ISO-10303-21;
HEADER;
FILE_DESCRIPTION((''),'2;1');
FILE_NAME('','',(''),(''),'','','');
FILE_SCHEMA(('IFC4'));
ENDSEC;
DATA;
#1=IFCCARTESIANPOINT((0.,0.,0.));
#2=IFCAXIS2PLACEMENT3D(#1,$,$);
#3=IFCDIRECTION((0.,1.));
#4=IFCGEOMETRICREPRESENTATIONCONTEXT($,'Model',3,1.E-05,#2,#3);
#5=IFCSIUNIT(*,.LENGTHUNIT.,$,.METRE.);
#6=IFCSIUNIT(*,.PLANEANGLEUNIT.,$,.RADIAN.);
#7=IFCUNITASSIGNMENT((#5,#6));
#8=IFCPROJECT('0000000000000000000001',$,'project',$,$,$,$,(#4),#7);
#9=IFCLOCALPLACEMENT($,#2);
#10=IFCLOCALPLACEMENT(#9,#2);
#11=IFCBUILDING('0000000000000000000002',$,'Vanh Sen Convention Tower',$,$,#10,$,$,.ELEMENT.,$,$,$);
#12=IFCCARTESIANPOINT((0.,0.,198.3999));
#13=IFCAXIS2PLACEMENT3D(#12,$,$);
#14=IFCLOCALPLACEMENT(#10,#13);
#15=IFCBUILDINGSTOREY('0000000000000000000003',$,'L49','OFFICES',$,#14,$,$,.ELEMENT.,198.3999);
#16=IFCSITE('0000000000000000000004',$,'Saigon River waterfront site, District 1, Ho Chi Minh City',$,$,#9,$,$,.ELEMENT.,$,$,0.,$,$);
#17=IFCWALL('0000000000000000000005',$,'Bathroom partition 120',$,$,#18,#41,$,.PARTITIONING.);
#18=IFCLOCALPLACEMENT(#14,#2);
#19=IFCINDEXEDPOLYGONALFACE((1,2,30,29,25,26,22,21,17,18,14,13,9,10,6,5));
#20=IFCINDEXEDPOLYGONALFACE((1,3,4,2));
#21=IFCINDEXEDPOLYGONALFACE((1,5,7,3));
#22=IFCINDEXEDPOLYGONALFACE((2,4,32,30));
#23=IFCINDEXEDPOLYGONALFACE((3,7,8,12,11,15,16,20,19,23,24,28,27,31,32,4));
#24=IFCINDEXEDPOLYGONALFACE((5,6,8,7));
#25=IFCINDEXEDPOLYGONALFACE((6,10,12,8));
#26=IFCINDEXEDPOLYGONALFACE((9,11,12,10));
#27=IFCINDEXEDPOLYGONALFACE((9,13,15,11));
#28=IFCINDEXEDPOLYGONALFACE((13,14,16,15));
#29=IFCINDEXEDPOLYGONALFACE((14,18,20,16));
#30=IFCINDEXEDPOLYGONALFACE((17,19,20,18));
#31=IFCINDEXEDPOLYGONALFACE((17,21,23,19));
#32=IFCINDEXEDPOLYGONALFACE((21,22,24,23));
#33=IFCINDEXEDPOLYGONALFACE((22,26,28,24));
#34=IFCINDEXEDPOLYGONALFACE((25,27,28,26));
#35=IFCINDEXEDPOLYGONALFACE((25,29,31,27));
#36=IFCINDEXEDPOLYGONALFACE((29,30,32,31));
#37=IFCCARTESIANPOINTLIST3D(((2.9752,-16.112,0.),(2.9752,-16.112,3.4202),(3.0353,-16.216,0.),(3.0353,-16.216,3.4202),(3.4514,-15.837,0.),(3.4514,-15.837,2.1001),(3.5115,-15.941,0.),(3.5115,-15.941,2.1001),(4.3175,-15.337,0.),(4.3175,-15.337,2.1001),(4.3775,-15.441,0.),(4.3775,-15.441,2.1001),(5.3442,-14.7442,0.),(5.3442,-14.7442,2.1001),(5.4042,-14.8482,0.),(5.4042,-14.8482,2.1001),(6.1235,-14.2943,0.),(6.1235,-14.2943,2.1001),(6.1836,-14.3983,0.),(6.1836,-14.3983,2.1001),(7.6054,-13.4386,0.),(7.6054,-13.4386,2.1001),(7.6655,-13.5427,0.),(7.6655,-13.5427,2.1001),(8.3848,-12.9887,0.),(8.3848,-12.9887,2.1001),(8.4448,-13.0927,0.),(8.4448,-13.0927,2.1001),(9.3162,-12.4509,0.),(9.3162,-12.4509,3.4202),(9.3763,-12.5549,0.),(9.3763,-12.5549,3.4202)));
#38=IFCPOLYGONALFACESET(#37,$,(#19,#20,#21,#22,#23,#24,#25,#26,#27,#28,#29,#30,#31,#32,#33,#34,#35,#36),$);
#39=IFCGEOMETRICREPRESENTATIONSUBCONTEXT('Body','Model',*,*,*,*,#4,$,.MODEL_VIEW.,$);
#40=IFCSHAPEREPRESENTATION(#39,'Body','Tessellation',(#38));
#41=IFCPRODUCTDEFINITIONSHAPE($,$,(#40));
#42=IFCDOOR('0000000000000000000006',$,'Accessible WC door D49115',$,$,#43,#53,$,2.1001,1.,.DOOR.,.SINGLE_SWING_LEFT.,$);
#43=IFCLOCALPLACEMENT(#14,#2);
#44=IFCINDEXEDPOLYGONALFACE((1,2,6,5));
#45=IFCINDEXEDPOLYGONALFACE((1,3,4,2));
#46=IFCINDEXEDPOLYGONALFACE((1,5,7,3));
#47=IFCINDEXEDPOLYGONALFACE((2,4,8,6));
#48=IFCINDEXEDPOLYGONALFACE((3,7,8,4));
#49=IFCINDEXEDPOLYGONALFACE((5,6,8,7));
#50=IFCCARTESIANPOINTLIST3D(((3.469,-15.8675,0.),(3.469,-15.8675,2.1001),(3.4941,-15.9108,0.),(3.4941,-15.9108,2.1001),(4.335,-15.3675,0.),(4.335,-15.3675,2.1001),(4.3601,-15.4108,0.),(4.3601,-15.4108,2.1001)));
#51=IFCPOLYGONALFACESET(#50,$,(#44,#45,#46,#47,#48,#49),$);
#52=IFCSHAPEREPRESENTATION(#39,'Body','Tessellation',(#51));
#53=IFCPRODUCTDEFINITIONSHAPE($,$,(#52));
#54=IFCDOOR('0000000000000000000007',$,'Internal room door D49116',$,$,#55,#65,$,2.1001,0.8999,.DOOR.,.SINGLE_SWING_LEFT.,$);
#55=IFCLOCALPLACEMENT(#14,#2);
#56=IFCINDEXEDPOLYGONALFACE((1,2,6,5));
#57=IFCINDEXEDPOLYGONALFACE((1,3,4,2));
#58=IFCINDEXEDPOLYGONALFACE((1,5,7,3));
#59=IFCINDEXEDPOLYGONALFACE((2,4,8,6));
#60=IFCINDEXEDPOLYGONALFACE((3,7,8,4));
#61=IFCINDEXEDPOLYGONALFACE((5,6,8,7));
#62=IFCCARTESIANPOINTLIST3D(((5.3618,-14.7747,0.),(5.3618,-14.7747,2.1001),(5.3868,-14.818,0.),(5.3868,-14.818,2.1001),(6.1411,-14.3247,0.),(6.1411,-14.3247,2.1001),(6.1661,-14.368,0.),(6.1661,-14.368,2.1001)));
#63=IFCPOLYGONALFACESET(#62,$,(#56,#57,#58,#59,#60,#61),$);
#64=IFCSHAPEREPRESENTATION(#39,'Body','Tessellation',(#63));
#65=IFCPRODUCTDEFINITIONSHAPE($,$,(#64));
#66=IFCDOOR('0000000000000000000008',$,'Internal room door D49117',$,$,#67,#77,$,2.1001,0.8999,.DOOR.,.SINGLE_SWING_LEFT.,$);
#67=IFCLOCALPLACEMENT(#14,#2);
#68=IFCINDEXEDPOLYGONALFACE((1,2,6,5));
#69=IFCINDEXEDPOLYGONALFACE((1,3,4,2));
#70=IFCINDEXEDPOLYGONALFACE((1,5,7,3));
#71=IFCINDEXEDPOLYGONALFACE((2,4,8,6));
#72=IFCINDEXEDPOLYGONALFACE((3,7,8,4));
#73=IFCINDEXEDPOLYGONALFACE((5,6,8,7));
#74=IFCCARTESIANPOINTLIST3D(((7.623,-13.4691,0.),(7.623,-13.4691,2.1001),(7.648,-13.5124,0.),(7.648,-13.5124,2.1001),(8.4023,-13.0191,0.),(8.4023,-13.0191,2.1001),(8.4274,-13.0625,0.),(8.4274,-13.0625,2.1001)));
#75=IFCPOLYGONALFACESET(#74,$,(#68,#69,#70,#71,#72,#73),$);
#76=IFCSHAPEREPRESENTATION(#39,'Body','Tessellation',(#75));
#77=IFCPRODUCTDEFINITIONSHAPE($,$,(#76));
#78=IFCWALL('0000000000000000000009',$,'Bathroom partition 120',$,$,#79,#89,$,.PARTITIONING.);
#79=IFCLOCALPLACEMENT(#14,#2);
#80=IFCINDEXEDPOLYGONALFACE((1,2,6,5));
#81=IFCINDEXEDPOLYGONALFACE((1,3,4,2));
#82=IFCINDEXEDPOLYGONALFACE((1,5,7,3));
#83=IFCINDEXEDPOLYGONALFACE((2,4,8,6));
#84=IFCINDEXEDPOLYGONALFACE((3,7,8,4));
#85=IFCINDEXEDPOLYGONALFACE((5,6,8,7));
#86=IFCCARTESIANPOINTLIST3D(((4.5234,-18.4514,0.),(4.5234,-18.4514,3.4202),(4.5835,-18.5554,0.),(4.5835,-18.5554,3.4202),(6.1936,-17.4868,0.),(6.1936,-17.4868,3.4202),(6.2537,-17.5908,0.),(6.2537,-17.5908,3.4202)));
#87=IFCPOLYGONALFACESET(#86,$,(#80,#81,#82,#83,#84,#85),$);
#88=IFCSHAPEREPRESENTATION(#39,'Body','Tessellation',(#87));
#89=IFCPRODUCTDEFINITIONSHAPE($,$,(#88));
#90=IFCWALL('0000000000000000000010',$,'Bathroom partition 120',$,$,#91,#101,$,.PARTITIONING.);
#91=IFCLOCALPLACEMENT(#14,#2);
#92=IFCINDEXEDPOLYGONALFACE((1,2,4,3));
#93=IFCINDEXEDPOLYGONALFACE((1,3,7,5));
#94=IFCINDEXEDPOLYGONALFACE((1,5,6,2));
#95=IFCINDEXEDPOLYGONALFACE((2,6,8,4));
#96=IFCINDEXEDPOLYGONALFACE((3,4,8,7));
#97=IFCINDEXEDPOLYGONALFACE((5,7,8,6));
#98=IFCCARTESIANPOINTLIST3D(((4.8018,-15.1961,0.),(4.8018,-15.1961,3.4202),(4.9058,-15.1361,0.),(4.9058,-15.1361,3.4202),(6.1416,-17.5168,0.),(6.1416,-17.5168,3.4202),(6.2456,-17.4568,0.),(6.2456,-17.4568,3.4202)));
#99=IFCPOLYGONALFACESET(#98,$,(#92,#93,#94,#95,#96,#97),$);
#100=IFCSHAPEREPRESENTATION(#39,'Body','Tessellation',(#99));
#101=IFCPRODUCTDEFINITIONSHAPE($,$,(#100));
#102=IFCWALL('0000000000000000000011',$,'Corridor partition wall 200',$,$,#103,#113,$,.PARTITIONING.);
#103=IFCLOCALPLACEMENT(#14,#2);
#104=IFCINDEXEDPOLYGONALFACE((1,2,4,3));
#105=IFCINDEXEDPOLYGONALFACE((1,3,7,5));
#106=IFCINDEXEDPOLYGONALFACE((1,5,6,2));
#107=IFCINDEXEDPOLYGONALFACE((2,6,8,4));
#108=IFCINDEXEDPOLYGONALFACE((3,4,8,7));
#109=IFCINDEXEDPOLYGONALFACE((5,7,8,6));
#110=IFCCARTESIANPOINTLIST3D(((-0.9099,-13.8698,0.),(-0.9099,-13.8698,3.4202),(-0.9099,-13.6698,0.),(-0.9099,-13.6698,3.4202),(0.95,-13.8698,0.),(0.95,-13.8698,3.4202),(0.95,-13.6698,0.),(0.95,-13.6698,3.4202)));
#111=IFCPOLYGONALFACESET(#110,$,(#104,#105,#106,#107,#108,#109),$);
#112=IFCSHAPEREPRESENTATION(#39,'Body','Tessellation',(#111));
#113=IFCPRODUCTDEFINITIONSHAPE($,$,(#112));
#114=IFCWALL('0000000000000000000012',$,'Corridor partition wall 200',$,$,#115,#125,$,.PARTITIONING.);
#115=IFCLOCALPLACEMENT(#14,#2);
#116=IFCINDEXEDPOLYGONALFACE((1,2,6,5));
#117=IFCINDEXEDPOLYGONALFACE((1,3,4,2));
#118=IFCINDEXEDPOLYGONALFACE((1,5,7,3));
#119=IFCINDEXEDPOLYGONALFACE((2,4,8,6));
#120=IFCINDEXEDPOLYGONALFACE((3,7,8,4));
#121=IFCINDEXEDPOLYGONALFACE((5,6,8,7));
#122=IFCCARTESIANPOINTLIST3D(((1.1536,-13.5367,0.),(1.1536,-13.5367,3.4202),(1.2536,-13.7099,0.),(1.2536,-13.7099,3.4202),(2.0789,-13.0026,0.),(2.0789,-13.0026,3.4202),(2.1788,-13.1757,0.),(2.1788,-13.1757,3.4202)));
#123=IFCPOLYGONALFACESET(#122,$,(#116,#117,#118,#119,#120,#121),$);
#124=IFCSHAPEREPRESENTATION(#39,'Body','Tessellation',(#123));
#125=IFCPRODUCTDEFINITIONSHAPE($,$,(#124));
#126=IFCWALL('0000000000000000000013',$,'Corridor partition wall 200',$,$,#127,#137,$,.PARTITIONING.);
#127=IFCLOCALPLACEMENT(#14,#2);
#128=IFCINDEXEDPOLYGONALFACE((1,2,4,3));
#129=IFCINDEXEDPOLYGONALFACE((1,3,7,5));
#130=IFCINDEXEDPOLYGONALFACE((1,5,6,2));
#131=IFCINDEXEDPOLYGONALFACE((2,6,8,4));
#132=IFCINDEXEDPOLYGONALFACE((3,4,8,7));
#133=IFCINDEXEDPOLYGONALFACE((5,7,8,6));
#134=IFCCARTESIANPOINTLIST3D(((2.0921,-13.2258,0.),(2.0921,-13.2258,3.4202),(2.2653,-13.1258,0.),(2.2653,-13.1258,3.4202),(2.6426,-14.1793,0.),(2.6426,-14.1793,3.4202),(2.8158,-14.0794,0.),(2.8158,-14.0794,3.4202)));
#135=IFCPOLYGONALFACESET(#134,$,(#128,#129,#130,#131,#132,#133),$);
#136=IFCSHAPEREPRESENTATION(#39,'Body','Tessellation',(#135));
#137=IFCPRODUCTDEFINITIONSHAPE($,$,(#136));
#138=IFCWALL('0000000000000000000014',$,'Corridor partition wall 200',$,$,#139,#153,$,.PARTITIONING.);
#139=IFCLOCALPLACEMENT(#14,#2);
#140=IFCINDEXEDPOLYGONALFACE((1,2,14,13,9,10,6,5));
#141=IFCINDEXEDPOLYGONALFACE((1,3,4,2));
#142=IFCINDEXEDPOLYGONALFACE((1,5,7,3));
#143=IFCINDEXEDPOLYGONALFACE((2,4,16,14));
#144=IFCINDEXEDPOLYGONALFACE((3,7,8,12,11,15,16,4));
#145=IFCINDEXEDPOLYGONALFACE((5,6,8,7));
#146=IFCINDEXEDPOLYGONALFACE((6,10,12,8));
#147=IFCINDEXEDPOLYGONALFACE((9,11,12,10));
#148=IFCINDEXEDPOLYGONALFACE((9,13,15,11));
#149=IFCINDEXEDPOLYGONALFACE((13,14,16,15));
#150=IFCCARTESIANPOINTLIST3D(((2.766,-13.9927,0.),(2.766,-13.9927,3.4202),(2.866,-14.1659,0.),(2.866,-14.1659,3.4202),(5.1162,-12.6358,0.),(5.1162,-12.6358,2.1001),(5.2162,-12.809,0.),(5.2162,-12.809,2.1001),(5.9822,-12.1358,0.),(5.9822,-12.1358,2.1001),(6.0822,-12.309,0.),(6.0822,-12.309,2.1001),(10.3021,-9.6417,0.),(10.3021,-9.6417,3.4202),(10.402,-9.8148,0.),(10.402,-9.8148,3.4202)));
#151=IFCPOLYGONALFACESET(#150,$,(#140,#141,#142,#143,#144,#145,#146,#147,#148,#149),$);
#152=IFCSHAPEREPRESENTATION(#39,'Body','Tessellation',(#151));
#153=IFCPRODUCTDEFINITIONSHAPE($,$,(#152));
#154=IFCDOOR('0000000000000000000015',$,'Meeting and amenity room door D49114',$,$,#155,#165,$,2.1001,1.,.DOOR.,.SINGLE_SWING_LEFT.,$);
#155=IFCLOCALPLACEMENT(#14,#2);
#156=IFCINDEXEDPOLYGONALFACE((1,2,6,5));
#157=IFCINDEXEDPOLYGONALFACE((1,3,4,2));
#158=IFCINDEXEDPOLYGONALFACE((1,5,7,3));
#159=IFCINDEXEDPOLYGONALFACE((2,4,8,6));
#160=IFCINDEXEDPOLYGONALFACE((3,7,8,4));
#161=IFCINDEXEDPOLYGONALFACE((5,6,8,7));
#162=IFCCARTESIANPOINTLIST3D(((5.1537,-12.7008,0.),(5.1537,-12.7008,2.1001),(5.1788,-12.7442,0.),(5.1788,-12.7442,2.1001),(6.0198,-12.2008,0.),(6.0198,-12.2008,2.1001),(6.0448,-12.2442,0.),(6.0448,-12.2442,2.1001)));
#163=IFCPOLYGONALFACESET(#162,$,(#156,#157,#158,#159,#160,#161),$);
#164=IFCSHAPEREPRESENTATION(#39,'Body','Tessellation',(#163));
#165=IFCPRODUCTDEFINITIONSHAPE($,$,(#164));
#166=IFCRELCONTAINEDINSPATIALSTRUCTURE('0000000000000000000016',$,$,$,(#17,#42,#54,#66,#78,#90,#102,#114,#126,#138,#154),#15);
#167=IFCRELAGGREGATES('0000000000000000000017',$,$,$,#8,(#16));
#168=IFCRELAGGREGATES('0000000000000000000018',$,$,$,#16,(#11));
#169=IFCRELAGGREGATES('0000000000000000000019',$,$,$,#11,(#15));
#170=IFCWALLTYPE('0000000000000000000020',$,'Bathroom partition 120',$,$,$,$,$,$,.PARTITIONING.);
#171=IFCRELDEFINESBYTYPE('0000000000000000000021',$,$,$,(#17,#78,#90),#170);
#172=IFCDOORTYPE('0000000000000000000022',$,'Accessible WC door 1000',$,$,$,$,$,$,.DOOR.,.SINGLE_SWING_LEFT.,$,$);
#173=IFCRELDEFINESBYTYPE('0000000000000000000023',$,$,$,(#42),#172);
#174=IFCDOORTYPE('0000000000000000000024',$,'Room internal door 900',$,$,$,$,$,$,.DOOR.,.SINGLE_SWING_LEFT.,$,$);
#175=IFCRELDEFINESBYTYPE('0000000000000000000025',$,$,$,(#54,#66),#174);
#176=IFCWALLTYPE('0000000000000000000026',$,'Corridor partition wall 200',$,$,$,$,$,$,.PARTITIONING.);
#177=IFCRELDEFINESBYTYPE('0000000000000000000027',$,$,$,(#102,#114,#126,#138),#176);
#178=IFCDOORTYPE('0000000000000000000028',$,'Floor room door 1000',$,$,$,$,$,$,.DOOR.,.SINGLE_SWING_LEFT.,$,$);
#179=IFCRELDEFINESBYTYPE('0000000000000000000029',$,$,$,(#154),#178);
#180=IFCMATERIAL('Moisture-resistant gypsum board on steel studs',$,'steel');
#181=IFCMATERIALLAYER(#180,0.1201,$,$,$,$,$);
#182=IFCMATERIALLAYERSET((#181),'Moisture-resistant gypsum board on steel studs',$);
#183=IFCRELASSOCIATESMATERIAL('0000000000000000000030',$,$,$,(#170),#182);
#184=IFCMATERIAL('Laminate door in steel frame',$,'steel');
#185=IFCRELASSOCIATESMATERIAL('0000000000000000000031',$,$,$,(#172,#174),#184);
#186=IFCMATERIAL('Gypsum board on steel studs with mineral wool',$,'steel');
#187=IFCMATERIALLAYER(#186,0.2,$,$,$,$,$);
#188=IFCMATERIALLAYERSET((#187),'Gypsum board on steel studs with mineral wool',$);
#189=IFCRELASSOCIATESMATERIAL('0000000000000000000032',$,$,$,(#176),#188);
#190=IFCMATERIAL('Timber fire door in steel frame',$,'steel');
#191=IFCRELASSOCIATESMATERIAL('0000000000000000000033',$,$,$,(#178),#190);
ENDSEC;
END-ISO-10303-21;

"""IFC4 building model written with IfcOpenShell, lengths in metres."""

from ifc_helpers import new_model, si_unit, direction, frame, frame_2d, origin, place, context, subcontext, project, spatial, rectangle, extrude, material, layer, layer_set, type_object, element, fill, save


model = new_model("IFC4")

# Units and contexts
model_context = context("Model", 3, precision=1e-05, world=origin(), true_north=direction((0.0, 1.0)))
body_context = subcontext(model_context, "Body", "Model", "MODEL_VIEW")
ifc_project = project(units=[si_unit("LENGTHUNIT", "METRE"), si_unit("PLANEANGLEUNIT", "RADIAN")], contexts=[model_context])

# Site, building, storey
site_placement = place(None, origin())
site = spatial("IfcSite", under=ifc_project, at=site_placement, Name="Saigon River waterfront site, District 1, Ho Chi Minh City", CompositionType="ELEMENT", RefElevation=0.0)
building_placement = place(site_placement, origin())
building = spatial("IfcBuilding", under=site, at=building_placement, Name="Vanh Sen Convention Tower", CompositionType="ELEMENT")
storey_placement = place(building_placement, frame((0.0, 0.0, 198.3999)))
storey = spatial("IfcBuildingStorey", under=building, at=storey_placement, Name="L49", Description="OFFICES", CompositionType="ELEMENT", Elevation=198.3999)

# Wall, openings, doors
ifc_material_1 = material(Name="Moisture-resistant gypsum board on steel studs", Category="steel")
ifc_layer_1 = layer(ifc_material_1, 0.1201)
ifc_layer_set_1 = layer_set([ifc_layer_1], Name="Moisture-resistant gypsum board on steel studs")
wall_type_1 = type_object("IfcWallType", Name="Bathroom partition 120", PredefinedType="PARTITIONING", material=ifc_layer_set_1)
wall_1_placement = place(storey_placement, frame((3.0051, -16.1641, 0.0), z_axis=(0.0, 0.0, 1.0), x_axis=(0.866018, 0.500012, 0.0)))
wall_1 = element("IfcWall", 1, at=wall_1_placement, inside=storey, type_object=wall_type_1, Name="Bathroom partition 120", PredefinedType="PARTITIONING", context=body_context, shape_type="SweptSolid", body=[
    extrude(rectangle(XDim=7.322, YDim=0.1201, at=frame_2d((3.6611, 0.0))), origin(), (0.0, 0.0, 1.0), 3.4202),
])
opening_1_placement = place(wall_1_placement, frame((0.55, 0.0, 0.0)))
opening_1 = element("IfcOpeningElement", 2, at=opening_1_placement, cuts=wall_1, PredefinedType="OPENING", context=body_context, shape_type="SweptSolid", body=[
    extrude(rectangle(XDim=1.0, YDim=2.1001, at=frame_2d((0.5, 1.05))), frame((0.0, 0.0701, 0.0), z_axis=(0.0, -1.0, 0.0), x_axis=(1.0, 0.0, 0.0)), (0.0, 0.0, 1.0), 0.1401),
])
opening_2_placement = place(wall_1_placement, frame((2.7356, 0.0, 0.0)))
opening_2 = element("IfcOpeningElement", 3, at=opening_2_placement, cuts=wall_1, PredefinedType="OPENING", context=body_context, shape_type="SweptSolid", body=[
    extrude(rectangle(XDim=0.8999, YDim=2.1001, at=frame_2d((0.45, 1.05))), frame((0.0, 0.0701, 0.0), z_axis=(0.0, -1.0, 0.0), x_axis=(1.0, 0.0, 0.0)), (0.0, 0.0, 1.0), 0.1401),
])
opening_3_placement = place(wall_1_placement, frame((5.3467, 0.0, 0.0)))
opening_3 = element("IfcOpeningElement", 4, at=opening_3_placement, cuts=wall_1, PredefinedType="OPENING", context=body_context, shape_type="SweptSolid", body=[
    extrude(rectangle(XDim=0.8999, YDim=2.1001, at=frame_2d((0.45, 1.05))), frame((0.0, 0.0701, 0.0), z_axis=(0.0, -1.0, 0.0), x_axis=(1.0, 0.0, 0.0)), (0.0, 0.0, 1.0), 0.1401),
])
ifc_material_2 = material(Name="Laminate door in steel frame", Category="steel")
door_type_1 = type_object("IfcDoorType", Name="Accessible WC door 1000", OperationType="SINGLE_SWING_LEFT", PredefinedType="DOOR", material=ifc_material_2)
door_1_placement = place(opening_1_placement, origin())
door_1 = element("IfcDoor", 5, at=door_1_placement, inside=storey, type_object=door_type_1, Name="Accessible WC door D49115", OperationType="SINGLE_SWING_LEFT", OverallHeight=2.1001, OverallWidth=1.0, PredefinedType="DOOR", context=body_context, shape_type="SweptSolid", body=[
    extrude(rectangle(XDim=1.0, YDim=2.1001, at=frame_2d((0.5, 1.05))), frame((0.0, 0.0249, 0.0), z_axis=(0.0, -1.0, 0.0), x_axis=(1.0, 0.0, 0.0)), (0.0, 0.0, 1.0), 0.05),
])
fill(opening_1, door_1)
door_type_2 = type_object("IfcDoorType", Name="Room internal door 900", OperationType="SINGLE_SWING_LEFT", PredefinedType="DOOR", material=ifc_material_2)
door_2_placement = place(opening_2_placement, origin())
door_2 = element("IfcDoor", 6, at=door_2_placement, inside=storey, type_object=door_type_2, Name="Internal room door D49116", OperationType="SINGLE_SWING_LEFT", OverallHeight=2.1001, OverallWidth=0.8999, PredefinedType="DOOR", context=body_context, shape_type="SweptSolid", body=[
    extrude(rectangle(XDim=0.8999, YDim=2.1001, at=frame_2d((0.45, 1.05))), frame((0.0, 0.0249, 0.0), z_axis=(0.0, -1.0, 0.0), x_axis=(1.0, 0.0, 0.0)), (0.0, 0.0, 1.0), 0.05),
])
fill(opening_2, door_2)
door_3_placement = place(opening_3_placement, origin())
door_3 = element("IfcDoor", 7, at=door_3_placement, inside=storey, type_object=door_type_2, Name="Internal room door D49117", OperationType="SINGLE_SWING_LEFT", OverallHeight=2.1001, OverallWidth=0.8999, PredefinedType="DOOR", context=body_context, shape_type="SweptSolid", body=[
    extrude(rectangle(XDim=0.8999, YDim=2.1001, at=frame_2d((0.45, 1.05))), frame((0.0, 0.0249, 0.0), z_axis=(0.0, -1.0, 0.0), x_axis=(1.0, 0.0, 0.0)), (0.0, 0.0, 1.0), 0.05),
])
fill(opening_3, door_3)

# Walls
wall_2_placement = place(storey_placement, frame((4.5535, -18.5034, 0.0), z_axis=(0.0, 0.0, 1.0), x_axis=(0.865952, 0.500128, 0.0)))
element("IfcWall", 8, at=wall_2_placement, inside=storey, type_object=wall_type_1, Name="Bathroom partition 120", PredefinedType="PARTITIONING", context=body_context, shape_type="SweptSolid", body=[
    extrude(rectangle(XDim=1.9287, YDim=0.1201, at=frame_2d((0.9644, 0.0))), origin(), (0.0, 0.0, 1.0), 3.4202),
])
wall_3_placement = place(storey_placement, frame((6.1936, -17.4868, 0.0), z_axis=(0.0, 0.0, 1.0), x_axis=(-0.49998, 0.866037, 0.0)))
element("IfcWall", 9, at=wall_3_placement, inside=storey, type_object=wall_type_1, Name="Bathroom partition 120", PredefinedType="PARTITIONING", context=body_context, shape_type="SweptSolid", body=[
    extrude(rectangle(XDim=2.6797, YDim=0.1201, at=frame_2d((1.3398, 0.0))), origin(), (0.0, 0.0, 1.0), 3.4202),
])
ifc_material_3 = material(Name="Gypsum board on steel studs with mineral wool", Category="steel")
ifc_layer_2 = layer(ifc_material_3, 0.2)
ifc_layer_set_2 = layer_set([ifc_layer_2], Name="Gypsum board on steel studs with mineral wool")
wall_type_2 = type_object("IfcWallType", Name="Corridor partition wall 200", PredefinedType="PARTITIONING", material=ifc_layer_set_2)
wall_4_placement = place(storey_placement, frame((-0.9099, -13.7698, 0.0), z_axis=(0.0, 0.0, 1.0), x_axis=(1.0, 0.0, 0.0)))
element("IfcWall", 10, at=wall_4_placement, inside=storey, type_object=wall_type_2, Name="Corridor partition wall 200", PredefinedType="PARTITIONING", context=body_context, shape_type="SweptSolid", body=[
    extrude(rectangle(XDim=1.8599, YDim=0.2, at=frame_2d((0.9299, 0.0))), origin(), (0.0, 0.0, 1.0), 3.4202),
])
wall_5_placement = place(storey_placement, frame((1.2036, -13.6233, 0.0), z_axis=(0.0, 0.0, 1.0), x_axis=(0.866041, 0.499973, 0.0)))
element("IfcWall", 11, at=wall_5_placement, inside=storey, type_object=wall_type_2, Name="Corridor partition wall 200", PredefinedType="PARTITIONING", context=body_context, shape_type="SweptSolid", body=[
    extrude(rectangle(XDim=1.0684, YDim=0.2, at=frame_2d((0.5342, 0.0))), origin(), (0.0, 0.0, 1.0), 3.4202),
])
wall_6_placement = place(storey_placement, frame((2.1787, -13.1758, 0.0), z_axis=(0.0, 0.0, 1.0), x_axis=(0.499978, -0.866038, 0.0)))
element("IfcWall", 12, at=wall_6_placement, inside=storey, type_object=wall_type_2, Name="Corridor partition wall 200", PredefinedType="PARTITIONING", context=body_context, shape_type="SweptSolid", body=[
    extrude(rectangle(XDim=1.1011, YDim=0.2, at=frame_2d((0.5505, 0.0))), origin(), (0.0, 0.0, 1.0), 3.4202),
])

# Wall, opening, door
wall_7_placement = place(storey_placement, frame((2.8159, -14.0793, 0.0), z_axis=(0.0, 0.0, 1.0), x_axis=(0.866021, 0.500007, 0.0)))
wall_7 = element("IfcWall", 13, at=wall_7_placement, inside=storey, type_object=wall_type_2, Name="Corridor partition wall 200", PredefinedType="PARTITIONING", context=body_context, shape_type="SweptSolid", body=[
    extrude(rectangle(XDim=8.7019, YDim=0.2, at=frame_2d((4.3511, 0.0))), origin(), (0.0, 0.0, 1.0), 3.4202),
])
opening_4_placement = place(wall_7_placement, frame((2.7139, 0.0, 0.0)))
opening_4 = element("IfcOpeningElement", 14, at=opening_4_placement, cuts=wall_7, PredefinedType="OPENING", context=body_context, shape_type="SweptSolid", body=[
    extrude(rectangle(XDim=1.0, YDim=2.1001, at=frame_2d((0.5, 1.05))), frame((0.0, 0.1099, 0.0), z_axis=(0.0, -1.0, 0.0), x_axis=(1.0, 0.0, 0.0)), (0.0, 0.0, 1.0), 0.22),
])
ifc_material_4 = material(Name="Timber fire door in steel frame", Category="steel")
door_type_3 = type_object("IfcDoorType", Name="Floor room door 1000", OperationType="SINGLE_SWING_LEFT", PredefinedType="DOOR", material=ifc_material_4)
door_4_placement = place(opening_4_placement, origin())
door_4 = element("IfcDoor", 15, at=door_4_placement, inside=storey, type_object=door_type_3, Name="Meeting and amenity room door D49114", OperationType="SINGLE_SWING_LEFT", OverallHeight=2.1001, OverallWidth=1.0, PredefinedType="DOOR", context=body_context, shape_type="SweptSolid", body=[
    extrude(rectangle(XDim=1.0, YDim=2.1001, at=frame_2d((0.5, 1.05))), frame((0.0, 0.0249, 0.0), z_axis=(0.0, -1.0, 0.0), x_axis=(1.0, 0.0, 0.0)), (0.0, 0.0, 1.0), 0.05),
])
fill(opening_4, door_4)

save(model, "model.ifc")
